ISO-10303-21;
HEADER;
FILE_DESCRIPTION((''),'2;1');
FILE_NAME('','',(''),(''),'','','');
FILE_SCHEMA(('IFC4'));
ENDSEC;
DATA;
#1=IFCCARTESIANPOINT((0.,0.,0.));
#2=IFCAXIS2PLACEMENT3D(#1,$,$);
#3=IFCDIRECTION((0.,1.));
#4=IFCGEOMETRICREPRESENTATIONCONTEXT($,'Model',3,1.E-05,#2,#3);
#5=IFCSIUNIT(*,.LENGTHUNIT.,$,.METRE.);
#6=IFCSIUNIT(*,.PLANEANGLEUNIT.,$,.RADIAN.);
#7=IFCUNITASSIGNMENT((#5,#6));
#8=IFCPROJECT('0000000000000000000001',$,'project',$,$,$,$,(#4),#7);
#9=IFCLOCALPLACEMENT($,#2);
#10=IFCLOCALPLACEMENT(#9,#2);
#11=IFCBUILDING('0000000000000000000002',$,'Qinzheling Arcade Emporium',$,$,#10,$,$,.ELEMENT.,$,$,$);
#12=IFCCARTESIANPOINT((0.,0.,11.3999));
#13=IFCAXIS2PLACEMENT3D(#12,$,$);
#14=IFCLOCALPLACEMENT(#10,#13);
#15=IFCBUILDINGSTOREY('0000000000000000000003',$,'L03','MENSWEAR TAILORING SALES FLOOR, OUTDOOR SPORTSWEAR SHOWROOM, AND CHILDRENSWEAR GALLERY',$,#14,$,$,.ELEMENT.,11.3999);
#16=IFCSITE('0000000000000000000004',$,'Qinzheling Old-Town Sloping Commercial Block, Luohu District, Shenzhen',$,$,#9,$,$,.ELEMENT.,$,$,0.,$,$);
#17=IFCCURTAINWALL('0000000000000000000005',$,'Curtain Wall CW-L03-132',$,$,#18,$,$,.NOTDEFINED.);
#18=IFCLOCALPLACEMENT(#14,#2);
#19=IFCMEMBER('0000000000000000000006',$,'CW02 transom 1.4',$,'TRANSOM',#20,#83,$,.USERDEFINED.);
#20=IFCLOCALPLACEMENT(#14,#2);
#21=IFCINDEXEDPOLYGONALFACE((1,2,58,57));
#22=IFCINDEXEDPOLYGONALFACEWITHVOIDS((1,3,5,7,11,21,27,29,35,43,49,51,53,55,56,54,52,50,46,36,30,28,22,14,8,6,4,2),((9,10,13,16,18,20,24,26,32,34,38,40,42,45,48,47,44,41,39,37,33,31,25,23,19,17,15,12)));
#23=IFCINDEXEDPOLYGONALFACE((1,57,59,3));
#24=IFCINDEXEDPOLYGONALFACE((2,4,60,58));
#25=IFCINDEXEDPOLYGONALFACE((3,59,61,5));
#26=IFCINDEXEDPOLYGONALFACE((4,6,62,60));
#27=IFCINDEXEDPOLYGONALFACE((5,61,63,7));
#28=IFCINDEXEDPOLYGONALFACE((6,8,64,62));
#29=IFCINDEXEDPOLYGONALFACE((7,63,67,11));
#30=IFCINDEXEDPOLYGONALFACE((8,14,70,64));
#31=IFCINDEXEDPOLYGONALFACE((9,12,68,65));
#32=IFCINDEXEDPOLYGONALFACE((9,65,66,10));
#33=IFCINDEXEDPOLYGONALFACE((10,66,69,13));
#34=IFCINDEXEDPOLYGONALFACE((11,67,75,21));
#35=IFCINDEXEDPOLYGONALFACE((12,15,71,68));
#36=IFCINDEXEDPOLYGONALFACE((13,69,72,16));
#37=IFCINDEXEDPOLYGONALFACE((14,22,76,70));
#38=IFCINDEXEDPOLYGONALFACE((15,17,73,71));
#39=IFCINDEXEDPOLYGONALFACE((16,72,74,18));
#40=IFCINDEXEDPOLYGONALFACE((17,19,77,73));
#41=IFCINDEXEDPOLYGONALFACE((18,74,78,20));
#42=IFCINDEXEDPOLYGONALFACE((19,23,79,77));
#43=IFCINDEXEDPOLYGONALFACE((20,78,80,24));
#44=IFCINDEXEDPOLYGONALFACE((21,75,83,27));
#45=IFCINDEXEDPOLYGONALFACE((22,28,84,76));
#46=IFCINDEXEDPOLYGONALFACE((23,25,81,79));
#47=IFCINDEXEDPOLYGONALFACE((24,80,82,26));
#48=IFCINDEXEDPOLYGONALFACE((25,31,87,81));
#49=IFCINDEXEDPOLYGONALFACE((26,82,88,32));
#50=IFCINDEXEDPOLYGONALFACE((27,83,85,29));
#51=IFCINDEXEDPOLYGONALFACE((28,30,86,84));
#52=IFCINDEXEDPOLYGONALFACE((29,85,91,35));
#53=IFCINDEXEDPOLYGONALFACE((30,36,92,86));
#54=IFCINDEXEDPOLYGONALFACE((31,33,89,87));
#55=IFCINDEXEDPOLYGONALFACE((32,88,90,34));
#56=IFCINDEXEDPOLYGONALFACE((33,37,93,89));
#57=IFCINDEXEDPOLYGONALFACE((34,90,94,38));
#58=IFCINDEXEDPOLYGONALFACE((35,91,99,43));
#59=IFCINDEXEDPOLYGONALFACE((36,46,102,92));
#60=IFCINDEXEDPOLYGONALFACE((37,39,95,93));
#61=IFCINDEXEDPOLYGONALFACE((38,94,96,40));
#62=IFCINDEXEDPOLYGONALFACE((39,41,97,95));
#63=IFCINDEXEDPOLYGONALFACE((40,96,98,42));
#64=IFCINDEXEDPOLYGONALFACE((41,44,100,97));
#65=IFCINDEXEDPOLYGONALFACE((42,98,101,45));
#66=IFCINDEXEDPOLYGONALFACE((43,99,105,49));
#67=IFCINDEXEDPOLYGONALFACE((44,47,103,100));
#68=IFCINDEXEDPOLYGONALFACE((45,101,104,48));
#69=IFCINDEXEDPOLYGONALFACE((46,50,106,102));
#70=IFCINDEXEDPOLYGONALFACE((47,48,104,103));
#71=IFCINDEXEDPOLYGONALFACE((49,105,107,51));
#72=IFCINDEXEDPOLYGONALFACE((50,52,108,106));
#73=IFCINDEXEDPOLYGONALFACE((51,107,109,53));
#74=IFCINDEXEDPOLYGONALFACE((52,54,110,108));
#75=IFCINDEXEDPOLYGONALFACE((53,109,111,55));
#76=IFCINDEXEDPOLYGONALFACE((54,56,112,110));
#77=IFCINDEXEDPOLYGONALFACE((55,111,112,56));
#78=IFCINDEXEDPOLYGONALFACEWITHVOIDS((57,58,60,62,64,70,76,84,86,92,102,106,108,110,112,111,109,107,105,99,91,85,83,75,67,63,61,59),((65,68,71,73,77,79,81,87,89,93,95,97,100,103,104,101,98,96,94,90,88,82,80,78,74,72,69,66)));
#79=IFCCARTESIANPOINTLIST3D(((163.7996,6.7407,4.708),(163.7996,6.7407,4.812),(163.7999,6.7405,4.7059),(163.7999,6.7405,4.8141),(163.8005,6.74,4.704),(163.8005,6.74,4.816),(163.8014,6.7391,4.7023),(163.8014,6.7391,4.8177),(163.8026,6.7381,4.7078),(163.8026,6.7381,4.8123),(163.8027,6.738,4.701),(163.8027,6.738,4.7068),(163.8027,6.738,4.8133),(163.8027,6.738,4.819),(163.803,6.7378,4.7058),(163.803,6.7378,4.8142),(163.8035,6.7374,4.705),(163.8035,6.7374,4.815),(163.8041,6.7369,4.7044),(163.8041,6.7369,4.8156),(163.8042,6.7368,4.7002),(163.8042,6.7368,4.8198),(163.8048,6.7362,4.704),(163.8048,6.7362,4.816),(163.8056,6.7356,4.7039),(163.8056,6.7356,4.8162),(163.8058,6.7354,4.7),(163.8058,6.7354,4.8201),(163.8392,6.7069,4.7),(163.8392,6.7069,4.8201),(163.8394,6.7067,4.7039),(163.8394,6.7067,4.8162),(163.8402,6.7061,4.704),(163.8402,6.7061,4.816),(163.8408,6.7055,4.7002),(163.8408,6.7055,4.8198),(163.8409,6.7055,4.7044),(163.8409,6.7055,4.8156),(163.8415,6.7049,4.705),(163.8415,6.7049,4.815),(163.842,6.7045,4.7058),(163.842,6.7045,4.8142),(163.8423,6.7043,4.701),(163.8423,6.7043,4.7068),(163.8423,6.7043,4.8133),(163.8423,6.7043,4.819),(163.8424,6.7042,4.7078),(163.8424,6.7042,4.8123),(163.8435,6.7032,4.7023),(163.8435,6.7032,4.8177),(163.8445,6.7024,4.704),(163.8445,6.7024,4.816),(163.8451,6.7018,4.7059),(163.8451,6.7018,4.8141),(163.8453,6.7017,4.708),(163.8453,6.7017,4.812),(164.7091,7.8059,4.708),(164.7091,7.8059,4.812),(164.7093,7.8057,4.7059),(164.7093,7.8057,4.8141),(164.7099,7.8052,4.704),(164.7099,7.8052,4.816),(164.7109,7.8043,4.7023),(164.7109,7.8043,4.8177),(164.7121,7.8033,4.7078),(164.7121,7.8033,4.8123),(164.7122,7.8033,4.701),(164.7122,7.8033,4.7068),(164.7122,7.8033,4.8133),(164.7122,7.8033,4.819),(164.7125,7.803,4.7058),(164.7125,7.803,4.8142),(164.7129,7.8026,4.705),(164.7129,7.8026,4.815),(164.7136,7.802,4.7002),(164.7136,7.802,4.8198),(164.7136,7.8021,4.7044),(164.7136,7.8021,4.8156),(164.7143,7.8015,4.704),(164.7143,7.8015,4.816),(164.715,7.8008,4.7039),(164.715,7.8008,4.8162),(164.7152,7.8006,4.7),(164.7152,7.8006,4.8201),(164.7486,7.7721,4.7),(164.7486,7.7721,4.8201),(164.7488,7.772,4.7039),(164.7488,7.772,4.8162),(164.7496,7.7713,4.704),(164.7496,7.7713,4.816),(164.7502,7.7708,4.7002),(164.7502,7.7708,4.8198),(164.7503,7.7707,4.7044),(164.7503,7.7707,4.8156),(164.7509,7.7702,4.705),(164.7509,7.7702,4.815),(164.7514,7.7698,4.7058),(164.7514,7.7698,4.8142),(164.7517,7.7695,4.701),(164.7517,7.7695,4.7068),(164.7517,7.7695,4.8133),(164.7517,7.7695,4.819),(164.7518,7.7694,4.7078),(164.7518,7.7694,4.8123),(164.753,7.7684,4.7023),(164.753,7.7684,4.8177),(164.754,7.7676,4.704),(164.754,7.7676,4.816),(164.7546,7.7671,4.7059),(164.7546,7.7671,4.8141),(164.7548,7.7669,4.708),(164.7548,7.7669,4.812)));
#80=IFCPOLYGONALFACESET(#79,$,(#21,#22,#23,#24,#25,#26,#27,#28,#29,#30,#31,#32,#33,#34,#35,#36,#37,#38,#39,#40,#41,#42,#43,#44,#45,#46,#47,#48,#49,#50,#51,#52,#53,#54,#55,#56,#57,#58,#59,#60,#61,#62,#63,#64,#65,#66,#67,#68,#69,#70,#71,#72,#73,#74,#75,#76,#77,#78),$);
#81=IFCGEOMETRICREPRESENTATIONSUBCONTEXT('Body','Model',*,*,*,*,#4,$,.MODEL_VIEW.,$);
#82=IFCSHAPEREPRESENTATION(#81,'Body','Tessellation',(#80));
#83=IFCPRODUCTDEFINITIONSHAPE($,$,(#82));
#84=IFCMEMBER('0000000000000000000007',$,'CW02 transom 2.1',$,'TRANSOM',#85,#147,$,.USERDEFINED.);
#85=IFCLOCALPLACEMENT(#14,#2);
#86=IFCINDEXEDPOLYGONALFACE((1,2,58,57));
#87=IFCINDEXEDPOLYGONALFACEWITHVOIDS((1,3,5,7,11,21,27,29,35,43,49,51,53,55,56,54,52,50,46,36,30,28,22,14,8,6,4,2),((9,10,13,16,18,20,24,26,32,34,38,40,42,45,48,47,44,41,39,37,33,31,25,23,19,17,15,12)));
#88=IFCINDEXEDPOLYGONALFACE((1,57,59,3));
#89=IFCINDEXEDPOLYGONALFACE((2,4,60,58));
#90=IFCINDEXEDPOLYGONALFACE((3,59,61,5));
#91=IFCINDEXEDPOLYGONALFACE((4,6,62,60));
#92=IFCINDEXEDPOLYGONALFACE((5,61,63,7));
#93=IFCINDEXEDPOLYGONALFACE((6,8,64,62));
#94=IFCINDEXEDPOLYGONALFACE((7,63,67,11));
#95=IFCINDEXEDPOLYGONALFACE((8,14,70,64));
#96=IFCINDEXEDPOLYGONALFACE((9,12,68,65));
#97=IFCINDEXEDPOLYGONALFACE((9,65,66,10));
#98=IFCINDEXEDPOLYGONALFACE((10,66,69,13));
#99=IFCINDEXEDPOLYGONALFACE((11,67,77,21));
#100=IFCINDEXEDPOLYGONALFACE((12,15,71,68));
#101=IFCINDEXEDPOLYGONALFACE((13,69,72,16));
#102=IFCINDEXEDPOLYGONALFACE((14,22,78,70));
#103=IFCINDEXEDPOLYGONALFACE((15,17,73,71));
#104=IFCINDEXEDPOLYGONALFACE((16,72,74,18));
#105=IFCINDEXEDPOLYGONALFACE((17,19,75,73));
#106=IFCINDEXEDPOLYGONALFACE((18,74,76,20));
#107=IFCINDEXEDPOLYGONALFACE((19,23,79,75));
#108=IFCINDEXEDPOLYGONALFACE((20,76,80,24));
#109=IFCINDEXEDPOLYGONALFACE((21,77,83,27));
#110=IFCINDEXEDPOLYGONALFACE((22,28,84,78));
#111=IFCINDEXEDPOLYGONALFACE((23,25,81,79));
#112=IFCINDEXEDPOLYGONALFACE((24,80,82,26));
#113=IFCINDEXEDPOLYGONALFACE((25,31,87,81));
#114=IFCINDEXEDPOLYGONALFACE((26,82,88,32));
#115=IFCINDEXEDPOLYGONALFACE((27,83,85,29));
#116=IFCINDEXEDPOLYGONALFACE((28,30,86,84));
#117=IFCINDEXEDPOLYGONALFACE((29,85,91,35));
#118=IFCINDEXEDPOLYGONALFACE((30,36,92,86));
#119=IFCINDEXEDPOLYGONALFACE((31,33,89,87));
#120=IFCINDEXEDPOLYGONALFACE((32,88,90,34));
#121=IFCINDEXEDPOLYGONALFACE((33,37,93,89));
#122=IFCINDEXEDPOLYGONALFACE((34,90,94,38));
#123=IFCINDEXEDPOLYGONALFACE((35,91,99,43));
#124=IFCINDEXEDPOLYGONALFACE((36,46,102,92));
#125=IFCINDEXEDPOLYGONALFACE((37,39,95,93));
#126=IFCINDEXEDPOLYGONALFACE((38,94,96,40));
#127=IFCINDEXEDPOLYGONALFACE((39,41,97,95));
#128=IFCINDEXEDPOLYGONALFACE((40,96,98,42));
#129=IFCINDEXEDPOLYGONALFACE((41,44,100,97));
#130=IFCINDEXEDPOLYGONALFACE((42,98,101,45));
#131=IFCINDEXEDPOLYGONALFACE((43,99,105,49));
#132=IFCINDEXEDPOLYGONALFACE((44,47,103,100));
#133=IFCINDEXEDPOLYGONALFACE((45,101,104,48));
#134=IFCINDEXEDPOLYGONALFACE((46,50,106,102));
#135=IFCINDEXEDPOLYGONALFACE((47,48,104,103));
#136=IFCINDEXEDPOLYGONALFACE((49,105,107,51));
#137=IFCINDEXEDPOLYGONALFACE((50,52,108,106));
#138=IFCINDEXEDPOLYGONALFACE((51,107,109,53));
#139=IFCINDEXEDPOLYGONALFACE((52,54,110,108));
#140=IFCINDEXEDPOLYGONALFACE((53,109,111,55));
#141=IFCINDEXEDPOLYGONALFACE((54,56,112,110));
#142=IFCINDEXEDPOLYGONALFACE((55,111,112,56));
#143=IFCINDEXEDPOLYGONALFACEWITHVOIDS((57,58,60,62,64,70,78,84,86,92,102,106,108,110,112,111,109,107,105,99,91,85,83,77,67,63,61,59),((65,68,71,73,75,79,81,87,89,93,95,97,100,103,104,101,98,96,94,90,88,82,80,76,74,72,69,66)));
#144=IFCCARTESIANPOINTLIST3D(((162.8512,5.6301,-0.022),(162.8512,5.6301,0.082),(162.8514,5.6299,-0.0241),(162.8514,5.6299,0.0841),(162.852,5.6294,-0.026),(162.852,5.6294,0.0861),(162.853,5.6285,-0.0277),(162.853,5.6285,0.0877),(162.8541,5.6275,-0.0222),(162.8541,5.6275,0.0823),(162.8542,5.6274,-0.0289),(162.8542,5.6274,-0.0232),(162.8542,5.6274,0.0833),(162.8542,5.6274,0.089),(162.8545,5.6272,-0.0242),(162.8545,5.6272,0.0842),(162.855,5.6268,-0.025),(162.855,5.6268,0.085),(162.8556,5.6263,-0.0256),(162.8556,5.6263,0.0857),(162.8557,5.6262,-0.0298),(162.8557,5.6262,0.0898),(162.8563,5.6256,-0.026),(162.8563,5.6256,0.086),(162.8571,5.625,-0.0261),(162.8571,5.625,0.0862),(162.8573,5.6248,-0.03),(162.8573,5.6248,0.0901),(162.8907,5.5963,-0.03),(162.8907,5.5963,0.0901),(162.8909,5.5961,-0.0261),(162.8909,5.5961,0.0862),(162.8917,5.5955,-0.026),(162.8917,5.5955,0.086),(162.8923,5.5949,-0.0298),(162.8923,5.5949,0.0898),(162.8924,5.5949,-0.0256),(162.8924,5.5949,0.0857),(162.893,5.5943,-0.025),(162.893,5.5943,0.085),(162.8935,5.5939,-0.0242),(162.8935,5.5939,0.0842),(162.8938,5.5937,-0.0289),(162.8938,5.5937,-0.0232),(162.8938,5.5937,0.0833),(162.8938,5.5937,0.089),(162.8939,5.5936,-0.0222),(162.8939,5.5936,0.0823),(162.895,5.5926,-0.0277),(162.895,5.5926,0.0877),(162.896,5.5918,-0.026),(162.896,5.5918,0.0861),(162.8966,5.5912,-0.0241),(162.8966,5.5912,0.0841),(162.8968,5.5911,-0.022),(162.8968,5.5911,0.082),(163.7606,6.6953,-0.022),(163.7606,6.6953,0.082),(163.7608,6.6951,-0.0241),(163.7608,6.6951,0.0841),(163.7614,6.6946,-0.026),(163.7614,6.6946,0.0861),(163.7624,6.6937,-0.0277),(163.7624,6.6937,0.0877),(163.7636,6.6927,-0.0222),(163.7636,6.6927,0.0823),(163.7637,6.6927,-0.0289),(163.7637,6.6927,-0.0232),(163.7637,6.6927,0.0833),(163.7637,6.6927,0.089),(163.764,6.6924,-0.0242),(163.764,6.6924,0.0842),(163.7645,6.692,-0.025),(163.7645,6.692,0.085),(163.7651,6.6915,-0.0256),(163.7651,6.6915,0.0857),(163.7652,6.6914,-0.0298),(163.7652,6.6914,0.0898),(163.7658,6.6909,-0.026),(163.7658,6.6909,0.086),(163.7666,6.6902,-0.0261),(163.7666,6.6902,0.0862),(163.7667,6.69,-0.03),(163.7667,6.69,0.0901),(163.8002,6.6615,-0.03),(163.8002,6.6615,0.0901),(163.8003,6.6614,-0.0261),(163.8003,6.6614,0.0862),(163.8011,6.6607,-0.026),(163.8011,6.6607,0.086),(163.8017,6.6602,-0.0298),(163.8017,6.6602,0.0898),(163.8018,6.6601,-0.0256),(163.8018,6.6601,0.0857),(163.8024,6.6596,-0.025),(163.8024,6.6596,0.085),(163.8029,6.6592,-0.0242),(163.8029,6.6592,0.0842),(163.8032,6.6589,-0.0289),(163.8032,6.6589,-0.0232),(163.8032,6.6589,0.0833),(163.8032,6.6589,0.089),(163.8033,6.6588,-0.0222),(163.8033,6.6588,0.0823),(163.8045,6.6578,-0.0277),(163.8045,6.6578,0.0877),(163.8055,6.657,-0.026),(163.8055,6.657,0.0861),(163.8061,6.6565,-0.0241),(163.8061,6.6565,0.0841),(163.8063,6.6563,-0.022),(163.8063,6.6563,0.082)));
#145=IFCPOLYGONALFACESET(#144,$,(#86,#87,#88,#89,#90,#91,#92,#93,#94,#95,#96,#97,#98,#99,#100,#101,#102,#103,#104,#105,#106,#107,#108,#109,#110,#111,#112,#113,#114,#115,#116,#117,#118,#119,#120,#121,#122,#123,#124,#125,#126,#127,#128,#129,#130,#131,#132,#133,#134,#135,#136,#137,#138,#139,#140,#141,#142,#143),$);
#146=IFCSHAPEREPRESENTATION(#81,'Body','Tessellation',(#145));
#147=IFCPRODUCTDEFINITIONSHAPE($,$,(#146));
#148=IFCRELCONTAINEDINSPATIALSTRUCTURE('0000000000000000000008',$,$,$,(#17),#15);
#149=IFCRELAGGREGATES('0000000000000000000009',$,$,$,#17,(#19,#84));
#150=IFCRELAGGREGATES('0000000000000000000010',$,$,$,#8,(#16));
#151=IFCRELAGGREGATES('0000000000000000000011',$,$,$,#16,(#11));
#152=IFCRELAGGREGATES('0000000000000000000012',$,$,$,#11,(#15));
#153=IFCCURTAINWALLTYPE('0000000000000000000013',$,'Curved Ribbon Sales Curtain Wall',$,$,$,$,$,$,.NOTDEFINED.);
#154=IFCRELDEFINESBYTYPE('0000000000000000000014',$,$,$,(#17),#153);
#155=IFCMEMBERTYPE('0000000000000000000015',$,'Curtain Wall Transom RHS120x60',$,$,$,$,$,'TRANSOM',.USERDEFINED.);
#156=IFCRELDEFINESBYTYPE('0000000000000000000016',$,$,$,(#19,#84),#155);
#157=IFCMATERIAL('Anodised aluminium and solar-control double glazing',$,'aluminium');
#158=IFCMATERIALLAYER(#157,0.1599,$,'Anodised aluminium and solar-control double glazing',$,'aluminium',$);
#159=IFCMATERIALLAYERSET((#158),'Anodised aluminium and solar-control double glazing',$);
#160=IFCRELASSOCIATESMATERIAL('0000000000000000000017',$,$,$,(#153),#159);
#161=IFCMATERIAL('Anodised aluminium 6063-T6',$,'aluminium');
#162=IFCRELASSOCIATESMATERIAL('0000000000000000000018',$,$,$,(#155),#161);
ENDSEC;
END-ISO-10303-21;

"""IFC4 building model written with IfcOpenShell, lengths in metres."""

from ifc_helpers import new_model, si_unit, direction, frame, origin, origin_2d, place, context, subcontext, project, spatial, hollow_rectangle, extrude, material, layer, layer_set, material_profile, profile_set, type_object, element, aggregate, save


model = new_model("IFC4")

# Units and contexts
model_context = context("Model", 3, precision=1e-05, world=origin(), true_north=direction((0.0, 1.0)))
body_context = subcontext(model_context, "Body", "Model", "MODEL_VIEW")
ifc_project = project(units=[si_unit("LENGTHUNIT", "METRE"), si_unit("PLANEANGLEUNIT", "RADIAN")], contexts=[model_context])

# Site, building, storey
site_placement = place(None, origin())
site = spatial("IfcSite", under=ifc_project, at=site_placement, Name="Qinzheling Old-Town Sloping Commercial Block, Luohu District, Shenzhen", CompositionType="ELEMENT", RefElevation=0.0)
building_placement = place(site_placement, origin())
building = spatial("IfcBuilding", under=site, at=building_placement, Name="Qinzheling Arcade Emporium", CompositionType="ELEMENT")
storey_placement = place(building_placement, frame((0.0, 0.0, 11.3999)))
storey = spatial("IfcBuildingStorey", under=building, at=storey_placement, Name="L03", Description="MENSWEAR TAILORING SALES FLOOR, OUTDOOR SPORTSWEAR SHOWROOM, AND CHILDRENSWEAR GALLERY", CompositionType="ELEMENT", Elevation=11.3999)

# Curtain wall
ifc_material_1 = material(Name="Anodised aluminium and solar-control double glazing", Category="aluminium")
ifc_layer_1 = layer(ifc_material_1, 0.1599, Name="Anodised aluminium and solar-control double glazing", Category="aluminium")
ifc_layer_set_1 = layer_set([ifc_layer_1], Name="Anodised aluminium and solar-control double glazing")
curtain_wall_type = type_object("IfcCurtainWallType", Name="Curved Ribbon Sales Curtain Wall", PredefinedType="NOTDEFINED", material=ifc_layer_set_1)
ifc_material_2 = material(Name="Anodised aluminium 6063-T6", Category="aluminium")
curtain_wall_1_placement = place(storey_placement, origin())
curtain_wall_1 = element("IfcCurtainWall", 1, at=curtain_wall_1_placement, inside=storey, type_object=curtain_wall_type, Name="Curtain Wall CW-L03-132", PredefinedType="NOTDEFINED")

# Members
ifc_material_profile_1 = material_profile(ifc_material_2, hollow_rectangle(XDim=0.0601, YDim=0.1201, WallThickness=0.0039, InnerFilletRadius=0.0039, OuterFilletRadius=0.0081, at=origin_2d()), Name="RHS 120x60x4", Category="aluminium")
ifc_profile_set_1 = profile_set([ifc_material_profile_1], Name="Anodised aluminium 6063-T6")
member_type_1 = type_object("IfcMemberType", Name="Curtain Wall Transom RHS120x60", ElementType="TRANSOM", PredefinedType="USERDEFINED", material=ifc_profile_set_1)
member_1_placement = place(storey_placement, frame((164.7319, 7.7864, 4.76), z_axis=(-0.649312, -0.760523, 0.0), x_axis=(0.760523, -0.649312, 0.0)))
member_1 = element("IfcMember", 2, at=member_1_placement, type_object=member_type_1, Name="CW02 transom 1.4", ObjectType="TRANSOM", PredefinedType="USERDEFINED", context=body_context, shape_type="SweptSolid", body=[
    extrude(hollow_rectangle(XDim=0.0601, YDim=0.1201, WallThickness=0.0039, InnerFilletRadius=0.0039, OuterFilletRadius=0.0081, at=origin_2d()), origin(), (0.0, 0.0, 1.0), 1.4006),
])
member_2_placement = place(storey_placement, frame((163.7834, 6.6758, 0.03), z_axis=(-0.649312, -0.760523, 0.0), x_axis=(0.760523, -0.649312, 0.0)))
member_2 = element("IfcMember", 3, at=member_2_placement, type_object=member_type_1, Name="CW02 transom 2.1", ObjectType="TRANSOM", PredefinedType="USERDEFINED", context=body_context, shape_type="SweptSolid", body=[
    extrude(hollow_rectangle(XDim=0.0601, YDim=0.1201, WallThickness=0.0039, InnerFilletRadius=0.0039, OuterFilletRadius=0.0081, at=origin_2d()), origin(), (0.0, 0.0, 1.0), 1.4006),
])

aggregate(curtain_wall_1, [member_1, member_2])

save(model, "model.ifc")
